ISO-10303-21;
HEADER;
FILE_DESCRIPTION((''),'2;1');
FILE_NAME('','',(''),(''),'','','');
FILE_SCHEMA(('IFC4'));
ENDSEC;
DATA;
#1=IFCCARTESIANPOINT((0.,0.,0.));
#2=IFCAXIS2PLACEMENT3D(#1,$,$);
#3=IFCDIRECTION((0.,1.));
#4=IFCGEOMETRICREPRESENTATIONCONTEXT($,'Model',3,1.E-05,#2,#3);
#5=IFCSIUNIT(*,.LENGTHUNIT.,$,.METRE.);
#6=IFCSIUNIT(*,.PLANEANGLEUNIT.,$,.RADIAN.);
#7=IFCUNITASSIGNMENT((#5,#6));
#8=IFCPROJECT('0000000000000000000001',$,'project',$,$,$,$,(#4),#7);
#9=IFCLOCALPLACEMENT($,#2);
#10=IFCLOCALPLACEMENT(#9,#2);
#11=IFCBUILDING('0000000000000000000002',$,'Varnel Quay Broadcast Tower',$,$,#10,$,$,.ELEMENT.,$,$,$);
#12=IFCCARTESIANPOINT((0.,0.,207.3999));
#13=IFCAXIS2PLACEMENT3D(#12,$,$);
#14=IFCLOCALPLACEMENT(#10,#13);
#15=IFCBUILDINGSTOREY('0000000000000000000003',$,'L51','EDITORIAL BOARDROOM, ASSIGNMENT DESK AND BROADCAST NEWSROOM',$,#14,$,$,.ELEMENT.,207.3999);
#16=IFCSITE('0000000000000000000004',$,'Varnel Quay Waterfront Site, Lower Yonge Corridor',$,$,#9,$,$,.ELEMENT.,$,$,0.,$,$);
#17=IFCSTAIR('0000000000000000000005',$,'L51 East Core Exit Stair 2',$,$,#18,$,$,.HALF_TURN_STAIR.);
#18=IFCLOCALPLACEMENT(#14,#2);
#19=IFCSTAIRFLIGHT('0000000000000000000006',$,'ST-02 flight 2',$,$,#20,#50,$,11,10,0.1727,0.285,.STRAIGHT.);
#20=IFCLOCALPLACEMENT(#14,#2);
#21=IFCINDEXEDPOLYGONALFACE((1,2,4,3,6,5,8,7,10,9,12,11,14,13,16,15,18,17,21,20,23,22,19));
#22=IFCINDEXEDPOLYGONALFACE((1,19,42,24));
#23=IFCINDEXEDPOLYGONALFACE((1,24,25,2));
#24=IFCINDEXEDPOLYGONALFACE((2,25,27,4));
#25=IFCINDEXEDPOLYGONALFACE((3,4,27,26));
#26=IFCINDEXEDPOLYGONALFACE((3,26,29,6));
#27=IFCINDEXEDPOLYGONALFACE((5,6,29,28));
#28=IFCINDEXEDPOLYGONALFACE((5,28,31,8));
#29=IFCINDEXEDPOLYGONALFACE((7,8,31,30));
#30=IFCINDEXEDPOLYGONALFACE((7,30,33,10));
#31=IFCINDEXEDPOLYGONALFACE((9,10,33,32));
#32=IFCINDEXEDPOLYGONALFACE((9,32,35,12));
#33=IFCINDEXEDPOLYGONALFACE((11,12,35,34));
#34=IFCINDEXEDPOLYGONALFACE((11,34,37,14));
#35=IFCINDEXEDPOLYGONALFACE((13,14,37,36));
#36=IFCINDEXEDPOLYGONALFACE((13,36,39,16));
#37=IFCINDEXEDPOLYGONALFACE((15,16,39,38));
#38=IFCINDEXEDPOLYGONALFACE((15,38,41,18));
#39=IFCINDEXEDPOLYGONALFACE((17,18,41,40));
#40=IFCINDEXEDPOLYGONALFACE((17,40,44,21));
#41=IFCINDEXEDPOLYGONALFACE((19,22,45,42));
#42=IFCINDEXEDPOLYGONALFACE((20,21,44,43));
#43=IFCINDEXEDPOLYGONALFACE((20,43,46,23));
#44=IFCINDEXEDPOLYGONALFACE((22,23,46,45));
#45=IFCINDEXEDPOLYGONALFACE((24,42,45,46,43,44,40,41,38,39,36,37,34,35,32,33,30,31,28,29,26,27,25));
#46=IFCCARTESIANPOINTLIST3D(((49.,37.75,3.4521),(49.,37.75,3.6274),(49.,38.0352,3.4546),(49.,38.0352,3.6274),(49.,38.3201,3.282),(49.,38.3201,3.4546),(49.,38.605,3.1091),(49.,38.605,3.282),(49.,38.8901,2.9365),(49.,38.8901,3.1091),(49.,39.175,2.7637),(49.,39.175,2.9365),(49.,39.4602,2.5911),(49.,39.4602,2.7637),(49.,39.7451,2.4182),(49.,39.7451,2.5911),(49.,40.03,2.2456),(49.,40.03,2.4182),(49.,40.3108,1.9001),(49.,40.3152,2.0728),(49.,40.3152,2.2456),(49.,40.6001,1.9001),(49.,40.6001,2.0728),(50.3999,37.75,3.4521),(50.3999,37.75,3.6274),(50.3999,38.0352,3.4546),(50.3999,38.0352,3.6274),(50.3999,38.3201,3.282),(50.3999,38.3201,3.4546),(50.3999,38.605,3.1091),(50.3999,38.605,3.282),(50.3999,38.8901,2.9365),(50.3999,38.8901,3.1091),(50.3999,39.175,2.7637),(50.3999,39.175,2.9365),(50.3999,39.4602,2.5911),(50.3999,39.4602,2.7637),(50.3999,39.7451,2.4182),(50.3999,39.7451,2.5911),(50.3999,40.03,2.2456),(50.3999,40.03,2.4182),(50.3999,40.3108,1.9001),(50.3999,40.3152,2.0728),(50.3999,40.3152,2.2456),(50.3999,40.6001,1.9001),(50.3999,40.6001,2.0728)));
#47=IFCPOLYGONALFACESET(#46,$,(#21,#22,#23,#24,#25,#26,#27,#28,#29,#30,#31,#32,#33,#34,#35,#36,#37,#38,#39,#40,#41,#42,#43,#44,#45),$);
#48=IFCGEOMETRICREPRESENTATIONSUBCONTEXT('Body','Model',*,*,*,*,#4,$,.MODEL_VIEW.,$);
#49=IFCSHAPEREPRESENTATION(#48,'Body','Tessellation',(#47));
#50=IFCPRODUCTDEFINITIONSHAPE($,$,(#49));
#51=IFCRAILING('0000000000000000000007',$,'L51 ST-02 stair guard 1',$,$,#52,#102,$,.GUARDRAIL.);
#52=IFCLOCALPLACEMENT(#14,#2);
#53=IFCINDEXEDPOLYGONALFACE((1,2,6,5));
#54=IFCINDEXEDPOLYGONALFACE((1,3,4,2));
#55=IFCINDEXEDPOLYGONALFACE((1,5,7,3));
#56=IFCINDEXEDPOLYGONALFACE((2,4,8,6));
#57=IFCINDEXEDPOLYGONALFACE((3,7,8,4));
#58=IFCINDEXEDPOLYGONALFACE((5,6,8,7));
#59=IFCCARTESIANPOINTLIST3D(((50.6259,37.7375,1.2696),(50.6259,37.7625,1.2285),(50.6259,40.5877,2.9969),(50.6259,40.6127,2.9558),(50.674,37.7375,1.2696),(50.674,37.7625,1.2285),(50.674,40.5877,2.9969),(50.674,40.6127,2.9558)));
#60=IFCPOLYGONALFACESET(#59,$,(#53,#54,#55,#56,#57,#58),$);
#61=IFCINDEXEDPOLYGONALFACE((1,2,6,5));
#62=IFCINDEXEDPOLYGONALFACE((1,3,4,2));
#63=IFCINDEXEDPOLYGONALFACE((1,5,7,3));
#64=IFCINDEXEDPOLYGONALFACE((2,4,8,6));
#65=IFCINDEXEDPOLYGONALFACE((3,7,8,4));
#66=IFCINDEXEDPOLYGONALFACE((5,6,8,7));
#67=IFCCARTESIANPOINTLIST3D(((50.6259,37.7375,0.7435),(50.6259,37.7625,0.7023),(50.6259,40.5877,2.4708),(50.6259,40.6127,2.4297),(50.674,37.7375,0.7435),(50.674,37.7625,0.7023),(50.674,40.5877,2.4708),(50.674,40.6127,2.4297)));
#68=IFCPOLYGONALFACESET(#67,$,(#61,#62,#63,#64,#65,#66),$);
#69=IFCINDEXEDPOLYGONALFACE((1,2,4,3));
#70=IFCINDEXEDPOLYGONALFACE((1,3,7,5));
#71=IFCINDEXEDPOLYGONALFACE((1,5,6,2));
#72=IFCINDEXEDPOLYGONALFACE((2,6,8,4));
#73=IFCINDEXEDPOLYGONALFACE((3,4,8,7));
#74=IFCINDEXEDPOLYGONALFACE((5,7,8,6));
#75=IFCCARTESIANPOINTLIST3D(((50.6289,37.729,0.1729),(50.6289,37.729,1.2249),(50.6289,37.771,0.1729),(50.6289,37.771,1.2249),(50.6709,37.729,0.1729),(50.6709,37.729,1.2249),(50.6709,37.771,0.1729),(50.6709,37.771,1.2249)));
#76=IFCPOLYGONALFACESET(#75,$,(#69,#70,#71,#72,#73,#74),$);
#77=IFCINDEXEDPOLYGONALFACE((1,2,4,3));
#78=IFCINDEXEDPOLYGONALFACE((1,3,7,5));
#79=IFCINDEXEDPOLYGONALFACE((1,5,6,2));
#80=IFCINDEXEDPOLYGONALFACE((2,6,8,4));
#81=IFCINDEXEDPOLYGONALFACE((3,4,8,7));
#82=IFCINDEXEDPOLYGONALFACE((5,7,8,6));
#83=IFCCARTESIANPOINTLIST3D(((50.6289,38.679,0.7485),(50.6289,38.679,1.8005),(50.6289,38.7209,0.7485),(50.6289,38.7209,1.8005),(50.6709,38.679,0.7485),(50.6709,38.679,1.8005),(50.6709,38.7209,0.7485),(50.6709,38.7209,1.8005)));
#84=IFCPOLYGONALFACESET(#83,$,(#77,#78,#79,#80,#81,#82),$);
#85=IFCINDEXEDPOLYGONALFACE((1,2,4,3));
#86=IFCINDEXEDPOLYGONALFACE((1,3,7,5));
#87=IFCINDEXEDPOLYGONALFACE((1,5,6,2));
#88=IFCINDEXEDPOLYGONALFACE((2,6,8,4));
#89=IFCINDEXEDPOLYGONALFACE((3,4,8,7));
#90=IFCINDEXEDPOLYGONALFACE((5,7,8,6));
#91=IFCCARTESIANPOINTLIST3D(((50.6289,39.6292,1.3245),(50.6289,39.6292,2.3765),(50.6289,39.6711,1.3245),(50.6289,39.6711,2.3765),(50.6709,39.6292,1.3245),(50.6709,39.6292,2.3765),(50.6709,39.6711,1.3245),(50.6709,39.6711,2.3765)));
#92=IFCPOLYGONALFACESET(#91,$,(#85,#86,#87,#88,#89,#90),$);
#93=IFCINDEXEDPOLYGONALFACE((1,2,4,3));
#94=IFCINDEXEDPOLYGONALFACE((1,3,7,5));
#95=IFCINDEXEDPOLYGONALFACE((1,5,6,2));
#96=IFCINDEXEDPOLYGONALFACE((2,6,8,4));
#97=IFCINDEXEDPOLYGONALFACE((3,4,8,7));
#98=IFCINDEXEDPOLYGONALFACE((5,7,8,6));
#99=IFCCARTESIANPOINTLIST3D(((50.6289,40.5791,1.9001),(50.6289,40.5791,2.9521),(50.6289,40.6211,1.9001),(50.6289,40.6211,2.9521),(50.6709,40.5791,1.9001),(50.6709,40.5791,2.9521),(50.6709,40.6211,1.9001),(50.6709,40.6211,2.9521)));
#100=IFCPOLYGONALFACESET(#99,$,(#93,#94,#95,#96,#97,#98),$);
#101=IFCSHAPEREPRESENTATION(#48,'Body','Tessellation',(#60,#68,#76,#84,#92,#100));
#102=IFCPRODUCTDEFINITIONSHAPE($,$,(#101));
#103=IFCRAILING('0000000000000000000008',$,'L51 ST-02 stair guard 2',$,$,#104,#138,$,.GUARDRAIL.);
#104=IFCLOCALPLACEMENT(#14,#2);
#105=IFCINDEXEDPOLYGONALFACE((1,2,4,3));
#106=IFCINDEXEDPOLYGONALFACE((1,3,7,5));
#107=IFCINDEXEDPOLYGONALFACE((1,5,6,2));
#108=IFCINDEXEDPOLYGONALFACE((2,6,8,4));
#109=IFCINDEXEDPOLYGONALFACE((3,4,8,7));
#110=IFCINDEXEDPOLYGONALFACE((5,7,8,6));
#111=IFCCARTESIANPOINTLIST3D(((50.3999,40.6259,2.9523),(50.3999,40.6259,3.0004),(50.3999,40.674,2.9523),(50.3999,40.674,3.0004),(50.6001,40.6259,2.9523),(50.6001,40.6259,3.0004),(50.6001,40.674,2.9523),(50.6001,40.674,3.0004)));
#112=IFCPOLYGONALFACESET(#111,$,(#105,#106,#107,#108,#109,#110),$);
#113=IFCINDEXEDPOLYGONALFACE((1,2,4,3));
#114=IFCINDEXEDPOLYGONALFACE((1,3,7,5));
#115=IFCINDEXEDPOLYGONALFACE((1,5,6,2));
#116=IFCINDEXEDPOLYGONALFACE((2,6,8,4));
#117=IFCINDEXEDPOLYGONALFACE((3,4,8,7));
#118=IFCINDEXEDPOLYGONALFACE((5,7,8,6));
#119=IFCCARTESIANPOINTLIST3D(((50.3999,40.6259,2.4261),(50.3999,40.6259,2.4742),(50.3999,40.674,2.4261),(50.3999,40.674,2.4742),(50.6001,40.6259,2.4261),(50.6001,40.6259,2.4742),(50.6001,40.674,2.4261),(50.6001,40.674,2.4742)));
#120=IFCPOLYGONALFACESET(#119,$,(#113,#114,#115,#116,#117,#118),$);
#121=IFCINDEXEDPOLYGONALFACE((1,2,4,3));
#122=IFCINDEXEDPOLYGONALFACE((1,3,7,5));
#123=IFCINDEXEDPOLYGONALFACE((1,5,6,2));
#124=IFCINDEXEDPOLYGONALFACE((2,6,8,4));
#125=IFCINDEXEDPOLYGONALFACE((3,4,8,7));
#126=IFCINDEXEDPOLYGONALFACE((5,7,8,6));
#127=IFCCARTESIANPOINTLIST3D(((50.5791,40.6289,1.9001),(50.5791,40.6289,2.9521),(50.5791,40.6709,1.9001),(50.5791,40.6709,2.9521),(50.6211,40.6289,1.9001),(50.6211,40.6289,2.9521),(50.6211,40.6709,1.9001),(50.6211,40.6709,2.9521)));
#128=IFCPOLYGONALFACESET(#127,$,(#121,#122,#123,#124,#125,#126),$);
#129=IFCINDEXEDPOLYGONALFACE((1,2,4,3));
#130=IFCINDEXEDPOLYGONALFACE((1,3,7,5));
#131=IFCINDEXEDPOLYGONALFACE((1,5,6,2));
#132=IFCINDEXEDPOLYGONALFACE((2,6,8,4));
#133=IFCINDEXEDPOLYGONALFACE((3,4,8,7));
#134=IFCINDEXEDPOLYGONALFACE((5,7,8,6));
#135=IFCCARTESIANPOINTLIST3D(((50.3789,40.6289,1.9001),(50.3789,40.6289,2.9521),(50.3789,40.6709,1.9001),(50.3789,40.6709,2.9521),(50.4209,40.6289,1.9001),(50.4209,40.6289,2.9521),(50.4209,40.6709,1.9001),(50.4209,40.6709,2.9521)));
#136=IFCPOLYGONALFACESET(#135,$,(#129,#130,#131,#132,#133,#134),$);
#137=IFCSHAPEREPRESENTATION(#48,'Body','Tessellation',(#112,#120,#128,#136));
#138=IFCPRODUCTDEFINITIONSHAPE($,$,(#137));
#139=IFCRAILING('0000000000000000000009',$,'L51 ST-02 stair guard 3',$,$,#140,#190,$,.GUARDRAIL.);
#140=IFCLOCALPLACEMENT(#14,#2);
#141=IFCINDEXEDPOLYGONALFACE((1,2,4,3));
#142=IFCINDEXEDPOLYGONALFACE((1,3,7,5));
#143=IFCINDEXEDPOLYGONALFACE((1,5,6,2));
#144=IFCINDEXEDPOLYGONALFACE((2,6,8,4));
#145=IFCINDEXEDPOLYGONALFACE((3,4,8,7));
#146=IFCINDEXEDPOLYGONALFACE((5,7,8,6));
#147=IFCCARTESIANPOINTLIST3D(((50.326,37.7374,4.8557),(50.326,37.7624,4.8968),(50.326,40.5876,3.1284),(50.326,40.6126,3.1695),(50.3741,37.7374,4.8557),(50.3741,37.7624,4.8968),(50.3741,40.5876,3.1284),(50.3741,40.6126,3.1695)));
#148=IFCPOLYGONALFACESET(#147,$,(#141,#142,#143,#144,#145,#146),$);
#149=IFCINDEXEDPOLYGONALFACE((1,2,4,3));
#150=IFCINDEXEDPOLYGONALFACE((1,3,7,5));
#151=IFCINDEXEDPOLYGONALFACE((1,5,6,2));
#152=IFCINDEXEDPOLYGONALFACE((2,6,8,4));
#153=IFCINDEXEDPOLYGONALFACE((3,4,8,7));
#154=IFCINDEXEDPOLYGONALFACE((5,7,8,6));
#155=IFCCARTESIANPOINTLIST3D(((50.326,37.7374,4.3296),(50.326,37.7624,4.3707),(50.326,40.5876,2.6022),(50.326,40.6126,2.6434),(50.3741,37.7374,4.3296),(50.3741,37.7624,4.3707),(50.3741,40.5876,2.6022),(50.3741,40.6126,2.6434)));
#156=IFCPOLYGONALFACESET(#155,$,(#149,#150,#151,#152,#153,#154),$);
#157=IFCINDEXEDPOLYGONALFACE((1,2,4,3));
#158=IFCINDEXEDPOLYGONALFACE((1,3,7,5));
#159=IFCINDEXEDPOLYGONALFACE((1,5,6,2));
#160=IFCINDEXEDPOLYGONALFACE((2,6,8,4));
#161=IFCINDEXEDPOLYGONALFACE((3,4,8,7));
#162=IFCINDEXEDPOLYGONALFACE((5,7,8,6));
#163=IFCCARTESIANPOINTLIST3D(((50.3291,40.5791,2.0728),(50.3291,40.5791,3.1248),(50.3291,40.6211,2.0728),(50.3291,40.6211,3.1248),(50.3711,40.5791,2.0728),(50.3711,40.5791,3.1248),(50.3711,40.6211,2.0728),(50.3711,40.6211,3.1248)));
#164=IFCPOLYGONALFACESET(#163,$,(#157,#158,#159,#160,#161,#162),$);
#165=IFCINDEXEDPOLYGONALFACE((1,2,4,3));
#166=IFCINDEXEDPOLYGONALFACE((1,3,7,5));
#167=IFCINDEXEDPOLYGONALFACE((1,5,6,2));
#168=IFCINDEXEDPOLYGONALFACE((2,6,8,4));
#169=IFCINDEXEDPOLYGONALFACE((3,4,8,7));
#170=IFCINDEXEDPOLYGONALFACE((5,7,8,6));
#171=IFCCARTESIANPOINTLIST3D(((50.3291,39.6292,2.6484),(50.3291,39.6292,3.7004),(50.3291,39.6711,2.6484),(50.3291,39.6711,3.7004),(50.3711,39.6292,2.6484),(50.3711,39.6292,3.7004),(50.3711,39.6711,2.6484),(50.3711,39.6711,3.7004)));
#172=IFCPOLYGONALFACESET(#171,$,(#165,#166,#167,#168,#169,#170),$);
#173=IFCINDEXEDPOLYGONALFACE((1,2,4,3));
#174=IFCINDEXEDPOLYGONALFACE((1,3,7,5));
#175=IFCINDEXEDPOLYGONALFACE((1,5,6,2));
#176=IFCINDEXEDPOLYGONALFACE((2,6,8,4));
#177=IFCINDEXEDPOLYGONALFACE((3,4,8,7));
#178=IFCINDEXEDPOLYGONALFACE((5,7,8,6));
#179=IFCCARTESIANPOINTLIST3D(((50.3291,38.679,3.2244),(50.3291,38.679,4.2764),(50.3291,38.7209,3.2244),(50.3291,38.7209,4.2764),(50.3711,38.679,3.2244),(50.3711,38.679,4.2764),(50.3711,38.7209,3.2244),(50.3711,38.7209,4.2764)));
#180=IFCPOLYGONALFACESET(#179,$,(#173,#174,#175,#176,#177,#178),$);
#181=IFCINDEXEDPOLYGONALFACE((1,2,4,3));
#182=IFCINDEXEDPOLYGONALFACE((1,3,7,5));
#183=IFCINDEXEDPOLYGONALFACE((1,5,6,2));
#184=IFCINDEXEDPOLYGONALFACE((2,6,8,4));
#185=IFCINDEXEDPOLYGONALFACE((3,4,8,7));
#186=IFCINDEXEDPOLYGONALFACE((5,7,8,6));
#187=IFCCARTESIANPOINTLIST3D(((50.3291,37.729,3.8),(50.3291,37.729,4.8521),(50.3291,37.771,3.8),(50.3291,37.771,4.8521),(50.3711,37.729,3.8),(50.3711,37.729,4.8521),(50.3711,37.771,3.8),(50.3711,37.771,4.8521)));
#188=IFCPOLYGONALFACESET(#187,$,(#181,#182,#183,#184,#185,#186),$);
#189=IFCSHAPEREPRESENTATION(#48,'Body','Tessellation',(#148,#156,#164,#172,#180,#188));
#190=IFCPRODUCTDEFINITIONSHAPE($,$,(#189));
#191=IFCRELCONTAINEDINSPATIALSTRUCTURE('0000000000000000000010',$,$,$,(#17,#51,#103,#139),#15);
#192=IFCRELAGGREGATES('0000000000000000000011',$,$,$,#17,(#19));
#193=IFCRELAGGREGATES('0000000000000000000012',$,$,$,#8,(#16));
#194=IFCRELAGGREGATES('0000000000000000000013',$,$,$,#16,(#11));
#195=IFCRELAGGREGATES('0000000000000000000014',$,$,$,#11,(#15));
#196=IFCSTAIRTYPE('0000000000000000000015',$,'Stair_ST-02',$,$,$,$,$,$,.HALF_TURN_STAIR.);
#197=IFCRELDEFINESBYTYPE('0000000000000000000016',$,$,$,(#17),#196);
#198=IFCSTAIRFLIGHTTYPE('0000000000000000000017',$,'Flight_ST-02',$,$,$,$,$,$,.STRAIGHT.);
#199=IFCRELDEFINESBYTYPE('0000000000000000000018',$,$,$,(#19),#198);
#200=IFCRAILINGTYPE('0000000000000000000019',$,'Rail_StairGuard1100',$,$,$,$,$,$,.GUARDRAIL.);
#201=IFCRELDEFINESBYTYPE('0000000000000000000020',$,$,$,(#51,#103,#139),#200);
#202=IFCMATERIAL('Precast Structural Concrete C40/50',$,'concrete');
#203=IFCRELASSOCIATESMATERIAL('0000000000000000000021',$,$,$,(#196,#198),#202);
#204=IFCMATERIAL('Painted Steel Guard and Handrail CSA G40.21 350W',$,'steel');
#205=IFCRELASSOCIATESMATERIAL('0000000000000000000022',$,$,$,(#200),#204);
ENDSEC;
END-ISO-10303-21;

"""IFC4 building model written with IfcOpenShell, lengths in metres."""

from ifc_helpers import new_model, si_unit, direction, frame, origin, origin_2d, place, context, subcontext, project, spatial, polyline, rectangle, outline, extrude, material, type_object, element, aggregate, save


model = new_model("IFC4")

# Units and contexts
model_context = context("Model", 3, precision=1e-05, world=origin(), true_north=direction((0.0, 1.0)))
body_context = subcontext(model_context, "Body", "Model", "MODEL_VIEW")
ifc_project = project(units=[si_unit("LENGTHUNIT", "METRE"), si_unit("PLANEANGLEUNIT", "RADIAN")], contexts=[model_context])

# Site, building, storey
site_placement = place(None, origin())
site = spatial("IfcSite", under=ifc_project, at=site_placement, Name="Varnel Quay Waterfront Site, Lower Yonge Corridor", CompositionType="ELEMENT", RefElevation=0.0)
building_placement = place(site_placement, origin())
building = spatial("IfcBuilding", under=site, at=building_placement, Name="Varnel Quay Broadcast Tower", CompositionType="ELEMENT")
storey_placement = place(building_placement, frame((0.0, 0.0, 207.3999)))
storey = spatial("IfcBuildingStorey", under=building, at=storey_placement, Name="L51", Description="EDITORIAL BOARDROOM, ASSIGNMENT DESK AND BROADCAST NEWSROOM", CompositionType="ELEMENT", Elevation=207.3999)

# Stair, stair flight
ifc_material_1 = material(Name="Precast Structural Concrete C40/50", Category="concrete")
stair_type = type_object("IfcStairType", Name="Stair_ST-02", PredefinedType="HALF_TURN_STAIR", material=ifc_material_1)
stair_placement = place(storey_placement, origin())
stair = element("IfcStair", 1, at=stair_placement, inside=storey, type_object=stair_type, Name="L51 East Core Exit Stair 2", PredefinedType="HALF_TURN_STAIR")
stair_flight_type = type_object("IfcStairFlightType", Name="Flight_ST-02", PredefinedType="STRAIGHT", material=ifc_material_1)
stair_flight_1_placement = place(storey_placement, frame((49.7, 40.6001, 1.9001), z_axis=(0.0, 0.0, 1.0), x_axis=(0.0, -1.0, 0.0)))
stair_flight_1 = element("IfcStairFlight", 2, at=stair_flight_1_placement, type_object=stair_flight_type, Name="ST-02 flight 2", NumberOfRisers=11, NumberOfTreads=10, PredefinedType="STRAIGHT", RiserHeight=0.1727, TreadLength=0.285, context=body_context, shape_type="SweptSolid", body=[
    extrude(outline(polyline([(0.0, 0.0), (0.0, 0.1726), (0.2849, 0.1726), (0.2849, 0.3455), (0.5701, 0.3455), (0.5701, 0.5181), (0.855, 0.5181), (0.855, 0.6909), (1.1399, 0.6909), (1.1399, 0.8635), (1.425, 0.8635), (1.425, 1.0364), (1.71, 1.0364), (1.71, 1.209), (1.9951, 1.209), (1.9951, 1.3818), (2.28, 1.3818), (2.28, 1.5544), (2.5649, 1.5544), (2.5649, 1.7273), (2.8501, 1.7273), (2.8501, 1.8999), (2.8501, 1.552), (0.2893, 0.0), (0.0, 0.0)])), frame((0.0, 0.7, 0.0), z_axis=(0.0, -1.0, 0.0), x_axis=(1.0, 0.0, 0.0)), (0.0, 0.0, 1.0), 1.3999),
])
aggregate(stair, [stair_flight_1])

# Railings
ifc_material_2 = material(Name="Painted Steel Guard and Handrail CSA G40.21 350W", Category="steel")
railing_type_1 = type_object("IfcRailingType", Name="Rail_StairGuard1100", PredefinedType="GUARDRAIL", material=ifc_material_2)
railing_1_placement = place(storey_placement, frame((50.6499, 37.75, 0.1729)))
element("IfcRailing", 3, at=railing_1_placement, inside=storey, type_object=railing_type_1, Name="L51 ST-02 stair guard 1", PredefinedType="GUARDRAIL", context=body_context, shape_type="SweptSolid", body=[
    extrude(rectangle(XDim=0.0481, YDim=0.0481, at=origin_2d()), frame((0.0, 0.0, 1.0762), z_axis=(0.0, 0.855203, 0.518294), x_axis=(-1.0, 0.0, 0.0)), (0.0, 0.0, 1.0), 3.3328),
    extrude(rectangle(XDim=0.0481, YDim=0.0481, at=origin_2d()), frame((0.0, 0.0, 0.55), z_axis=(0.0, 0.855203, 0.518294), x_axis=(-1.0, 0.0, 0.0)), (0.0, 0.0, 1.0), 3.3328),
    extrude(rectangle(XDim=0.042, YDim=0.042, at=origin_2d()), origin(), (0.0, 0.0, 1.0), 1.052),
    extrude(rectangle(XDim=0.042, YDim=0.042, at=origin_2d()), frame((0.0, 0.95, 0.5757)), (0.0, 0.0, 1.0), 1.052),
    extrude(rectangle(XDim=0.042, YDim=0.042, at=origin_2d()), frame((0.0, 1.9001, 1.1516)), (0.0, 0.0, 1.0), 1.052),
    extrude(rectangle(XDim=0.042, YDim=0.042, at=origin_2d()), frame((0.0, 2.8501, 1.7273)), (0.0, 0.0, 1.0), 1.052),
])
railing_2_placement = place(storey_placement, frame((50.6001, 40.6499, 1.9001)))
element("IfcRailing", 4, at=railing_2_placement, inside=storey, type_object=railing_type_1, Name="L51 ST-02 stair guard 2", PredefinedType="GUARDRAIL", context=body_context, shape_type="SweptSolid", body=[
    extrude(rectangle(XDim=0.0481, YDim=0.0481, at=origin_2d()), frame((0.0, 0.0, 1.0762), z_axis=(-1.0, 0.0, 0.0), x_axis=(0.0, -1.0, 0.0)), (0.0, 0.0, 1.0), 0.2002),
    extrude(rectangle(XDim=0.0481, YDim=0.0481, at=origin_2d()), frame((0.0, 0.0, 0.55), z_axis=(-1.0, 0.0, 0.0), x_axis=(0.0, -1.0, 0.0)), (0.0, 0.0, 1.0), 0.2002),
    extrude(rectangle(XDim=0.042, YDim=0.042, at=origin_2d()), origin(), (0.0, 0.0, 1.0), 1.052),
    extrude(rectangle(XDim=0.042, YDim=0.042, at=origin_2d()), frame((-0.2002, 0.0, 0.0)), (0.0, 0.0, 1.0), 1.052),
])
railing_3_placement = place(storey_placement, frame((50.3501, 40.6001, 2.0728)))
element("IfcRailing", 5, at=railing_3_placement, inside=storey, type_object=railing_type_1, Name="L51 ST-02 stair guard 3", PredefinedType="GUARDRAIL", context=body_context, shape_type="SweptSolid", body=[
    extrude(rectangle(XDim=0.0481, YDim=0.0481, at=origin_2d()), frame((0.0, 0.0, 1.0762), z_axis=(0.0, -0.855203, 0.518294), x_axis=(1.0, 0.0, 0.0)), (0.0, 0.0, 1.0), 3.3328),
    extrude(rectangle(XDim=0.0481, YDim=0.0481, at=origin_2d()), frame((0.0, 0.0, 0.55), z_axis=(0.0, -0.855203, 0.518294), x_axis=(1.0, 0.0, 0.0)), (0.0, 0.0, 1.0), 3.3328),
    extrude(rectangle(XDim=0.042, YDim=0.042, at=origin_2d()), origin(), (0.0, 0.0, 1.0), 1.052),
    extrude(rectangle(XDim=0.042, YDim=0.042, at=origin_2d()), frame((0.0, -0.95, 0.5757)), (0.0, 0.0, 1.0), 1.052),
    extrude(rectangle(XDim=0.042, YDim=0.042, at=origin_2d()), frame((0.0, -1.9001, 1.1516)), (0.0, 0.0, 1.0), 1.052),
    extrude(rectangle(XDim=0.042, YDim=0.042, at=origin_2d()), frame((0.0, -2.8501, 1.7273)), (0.0, 0.0, 1.0), 1.052),
])

save(model, "model.ifc")
